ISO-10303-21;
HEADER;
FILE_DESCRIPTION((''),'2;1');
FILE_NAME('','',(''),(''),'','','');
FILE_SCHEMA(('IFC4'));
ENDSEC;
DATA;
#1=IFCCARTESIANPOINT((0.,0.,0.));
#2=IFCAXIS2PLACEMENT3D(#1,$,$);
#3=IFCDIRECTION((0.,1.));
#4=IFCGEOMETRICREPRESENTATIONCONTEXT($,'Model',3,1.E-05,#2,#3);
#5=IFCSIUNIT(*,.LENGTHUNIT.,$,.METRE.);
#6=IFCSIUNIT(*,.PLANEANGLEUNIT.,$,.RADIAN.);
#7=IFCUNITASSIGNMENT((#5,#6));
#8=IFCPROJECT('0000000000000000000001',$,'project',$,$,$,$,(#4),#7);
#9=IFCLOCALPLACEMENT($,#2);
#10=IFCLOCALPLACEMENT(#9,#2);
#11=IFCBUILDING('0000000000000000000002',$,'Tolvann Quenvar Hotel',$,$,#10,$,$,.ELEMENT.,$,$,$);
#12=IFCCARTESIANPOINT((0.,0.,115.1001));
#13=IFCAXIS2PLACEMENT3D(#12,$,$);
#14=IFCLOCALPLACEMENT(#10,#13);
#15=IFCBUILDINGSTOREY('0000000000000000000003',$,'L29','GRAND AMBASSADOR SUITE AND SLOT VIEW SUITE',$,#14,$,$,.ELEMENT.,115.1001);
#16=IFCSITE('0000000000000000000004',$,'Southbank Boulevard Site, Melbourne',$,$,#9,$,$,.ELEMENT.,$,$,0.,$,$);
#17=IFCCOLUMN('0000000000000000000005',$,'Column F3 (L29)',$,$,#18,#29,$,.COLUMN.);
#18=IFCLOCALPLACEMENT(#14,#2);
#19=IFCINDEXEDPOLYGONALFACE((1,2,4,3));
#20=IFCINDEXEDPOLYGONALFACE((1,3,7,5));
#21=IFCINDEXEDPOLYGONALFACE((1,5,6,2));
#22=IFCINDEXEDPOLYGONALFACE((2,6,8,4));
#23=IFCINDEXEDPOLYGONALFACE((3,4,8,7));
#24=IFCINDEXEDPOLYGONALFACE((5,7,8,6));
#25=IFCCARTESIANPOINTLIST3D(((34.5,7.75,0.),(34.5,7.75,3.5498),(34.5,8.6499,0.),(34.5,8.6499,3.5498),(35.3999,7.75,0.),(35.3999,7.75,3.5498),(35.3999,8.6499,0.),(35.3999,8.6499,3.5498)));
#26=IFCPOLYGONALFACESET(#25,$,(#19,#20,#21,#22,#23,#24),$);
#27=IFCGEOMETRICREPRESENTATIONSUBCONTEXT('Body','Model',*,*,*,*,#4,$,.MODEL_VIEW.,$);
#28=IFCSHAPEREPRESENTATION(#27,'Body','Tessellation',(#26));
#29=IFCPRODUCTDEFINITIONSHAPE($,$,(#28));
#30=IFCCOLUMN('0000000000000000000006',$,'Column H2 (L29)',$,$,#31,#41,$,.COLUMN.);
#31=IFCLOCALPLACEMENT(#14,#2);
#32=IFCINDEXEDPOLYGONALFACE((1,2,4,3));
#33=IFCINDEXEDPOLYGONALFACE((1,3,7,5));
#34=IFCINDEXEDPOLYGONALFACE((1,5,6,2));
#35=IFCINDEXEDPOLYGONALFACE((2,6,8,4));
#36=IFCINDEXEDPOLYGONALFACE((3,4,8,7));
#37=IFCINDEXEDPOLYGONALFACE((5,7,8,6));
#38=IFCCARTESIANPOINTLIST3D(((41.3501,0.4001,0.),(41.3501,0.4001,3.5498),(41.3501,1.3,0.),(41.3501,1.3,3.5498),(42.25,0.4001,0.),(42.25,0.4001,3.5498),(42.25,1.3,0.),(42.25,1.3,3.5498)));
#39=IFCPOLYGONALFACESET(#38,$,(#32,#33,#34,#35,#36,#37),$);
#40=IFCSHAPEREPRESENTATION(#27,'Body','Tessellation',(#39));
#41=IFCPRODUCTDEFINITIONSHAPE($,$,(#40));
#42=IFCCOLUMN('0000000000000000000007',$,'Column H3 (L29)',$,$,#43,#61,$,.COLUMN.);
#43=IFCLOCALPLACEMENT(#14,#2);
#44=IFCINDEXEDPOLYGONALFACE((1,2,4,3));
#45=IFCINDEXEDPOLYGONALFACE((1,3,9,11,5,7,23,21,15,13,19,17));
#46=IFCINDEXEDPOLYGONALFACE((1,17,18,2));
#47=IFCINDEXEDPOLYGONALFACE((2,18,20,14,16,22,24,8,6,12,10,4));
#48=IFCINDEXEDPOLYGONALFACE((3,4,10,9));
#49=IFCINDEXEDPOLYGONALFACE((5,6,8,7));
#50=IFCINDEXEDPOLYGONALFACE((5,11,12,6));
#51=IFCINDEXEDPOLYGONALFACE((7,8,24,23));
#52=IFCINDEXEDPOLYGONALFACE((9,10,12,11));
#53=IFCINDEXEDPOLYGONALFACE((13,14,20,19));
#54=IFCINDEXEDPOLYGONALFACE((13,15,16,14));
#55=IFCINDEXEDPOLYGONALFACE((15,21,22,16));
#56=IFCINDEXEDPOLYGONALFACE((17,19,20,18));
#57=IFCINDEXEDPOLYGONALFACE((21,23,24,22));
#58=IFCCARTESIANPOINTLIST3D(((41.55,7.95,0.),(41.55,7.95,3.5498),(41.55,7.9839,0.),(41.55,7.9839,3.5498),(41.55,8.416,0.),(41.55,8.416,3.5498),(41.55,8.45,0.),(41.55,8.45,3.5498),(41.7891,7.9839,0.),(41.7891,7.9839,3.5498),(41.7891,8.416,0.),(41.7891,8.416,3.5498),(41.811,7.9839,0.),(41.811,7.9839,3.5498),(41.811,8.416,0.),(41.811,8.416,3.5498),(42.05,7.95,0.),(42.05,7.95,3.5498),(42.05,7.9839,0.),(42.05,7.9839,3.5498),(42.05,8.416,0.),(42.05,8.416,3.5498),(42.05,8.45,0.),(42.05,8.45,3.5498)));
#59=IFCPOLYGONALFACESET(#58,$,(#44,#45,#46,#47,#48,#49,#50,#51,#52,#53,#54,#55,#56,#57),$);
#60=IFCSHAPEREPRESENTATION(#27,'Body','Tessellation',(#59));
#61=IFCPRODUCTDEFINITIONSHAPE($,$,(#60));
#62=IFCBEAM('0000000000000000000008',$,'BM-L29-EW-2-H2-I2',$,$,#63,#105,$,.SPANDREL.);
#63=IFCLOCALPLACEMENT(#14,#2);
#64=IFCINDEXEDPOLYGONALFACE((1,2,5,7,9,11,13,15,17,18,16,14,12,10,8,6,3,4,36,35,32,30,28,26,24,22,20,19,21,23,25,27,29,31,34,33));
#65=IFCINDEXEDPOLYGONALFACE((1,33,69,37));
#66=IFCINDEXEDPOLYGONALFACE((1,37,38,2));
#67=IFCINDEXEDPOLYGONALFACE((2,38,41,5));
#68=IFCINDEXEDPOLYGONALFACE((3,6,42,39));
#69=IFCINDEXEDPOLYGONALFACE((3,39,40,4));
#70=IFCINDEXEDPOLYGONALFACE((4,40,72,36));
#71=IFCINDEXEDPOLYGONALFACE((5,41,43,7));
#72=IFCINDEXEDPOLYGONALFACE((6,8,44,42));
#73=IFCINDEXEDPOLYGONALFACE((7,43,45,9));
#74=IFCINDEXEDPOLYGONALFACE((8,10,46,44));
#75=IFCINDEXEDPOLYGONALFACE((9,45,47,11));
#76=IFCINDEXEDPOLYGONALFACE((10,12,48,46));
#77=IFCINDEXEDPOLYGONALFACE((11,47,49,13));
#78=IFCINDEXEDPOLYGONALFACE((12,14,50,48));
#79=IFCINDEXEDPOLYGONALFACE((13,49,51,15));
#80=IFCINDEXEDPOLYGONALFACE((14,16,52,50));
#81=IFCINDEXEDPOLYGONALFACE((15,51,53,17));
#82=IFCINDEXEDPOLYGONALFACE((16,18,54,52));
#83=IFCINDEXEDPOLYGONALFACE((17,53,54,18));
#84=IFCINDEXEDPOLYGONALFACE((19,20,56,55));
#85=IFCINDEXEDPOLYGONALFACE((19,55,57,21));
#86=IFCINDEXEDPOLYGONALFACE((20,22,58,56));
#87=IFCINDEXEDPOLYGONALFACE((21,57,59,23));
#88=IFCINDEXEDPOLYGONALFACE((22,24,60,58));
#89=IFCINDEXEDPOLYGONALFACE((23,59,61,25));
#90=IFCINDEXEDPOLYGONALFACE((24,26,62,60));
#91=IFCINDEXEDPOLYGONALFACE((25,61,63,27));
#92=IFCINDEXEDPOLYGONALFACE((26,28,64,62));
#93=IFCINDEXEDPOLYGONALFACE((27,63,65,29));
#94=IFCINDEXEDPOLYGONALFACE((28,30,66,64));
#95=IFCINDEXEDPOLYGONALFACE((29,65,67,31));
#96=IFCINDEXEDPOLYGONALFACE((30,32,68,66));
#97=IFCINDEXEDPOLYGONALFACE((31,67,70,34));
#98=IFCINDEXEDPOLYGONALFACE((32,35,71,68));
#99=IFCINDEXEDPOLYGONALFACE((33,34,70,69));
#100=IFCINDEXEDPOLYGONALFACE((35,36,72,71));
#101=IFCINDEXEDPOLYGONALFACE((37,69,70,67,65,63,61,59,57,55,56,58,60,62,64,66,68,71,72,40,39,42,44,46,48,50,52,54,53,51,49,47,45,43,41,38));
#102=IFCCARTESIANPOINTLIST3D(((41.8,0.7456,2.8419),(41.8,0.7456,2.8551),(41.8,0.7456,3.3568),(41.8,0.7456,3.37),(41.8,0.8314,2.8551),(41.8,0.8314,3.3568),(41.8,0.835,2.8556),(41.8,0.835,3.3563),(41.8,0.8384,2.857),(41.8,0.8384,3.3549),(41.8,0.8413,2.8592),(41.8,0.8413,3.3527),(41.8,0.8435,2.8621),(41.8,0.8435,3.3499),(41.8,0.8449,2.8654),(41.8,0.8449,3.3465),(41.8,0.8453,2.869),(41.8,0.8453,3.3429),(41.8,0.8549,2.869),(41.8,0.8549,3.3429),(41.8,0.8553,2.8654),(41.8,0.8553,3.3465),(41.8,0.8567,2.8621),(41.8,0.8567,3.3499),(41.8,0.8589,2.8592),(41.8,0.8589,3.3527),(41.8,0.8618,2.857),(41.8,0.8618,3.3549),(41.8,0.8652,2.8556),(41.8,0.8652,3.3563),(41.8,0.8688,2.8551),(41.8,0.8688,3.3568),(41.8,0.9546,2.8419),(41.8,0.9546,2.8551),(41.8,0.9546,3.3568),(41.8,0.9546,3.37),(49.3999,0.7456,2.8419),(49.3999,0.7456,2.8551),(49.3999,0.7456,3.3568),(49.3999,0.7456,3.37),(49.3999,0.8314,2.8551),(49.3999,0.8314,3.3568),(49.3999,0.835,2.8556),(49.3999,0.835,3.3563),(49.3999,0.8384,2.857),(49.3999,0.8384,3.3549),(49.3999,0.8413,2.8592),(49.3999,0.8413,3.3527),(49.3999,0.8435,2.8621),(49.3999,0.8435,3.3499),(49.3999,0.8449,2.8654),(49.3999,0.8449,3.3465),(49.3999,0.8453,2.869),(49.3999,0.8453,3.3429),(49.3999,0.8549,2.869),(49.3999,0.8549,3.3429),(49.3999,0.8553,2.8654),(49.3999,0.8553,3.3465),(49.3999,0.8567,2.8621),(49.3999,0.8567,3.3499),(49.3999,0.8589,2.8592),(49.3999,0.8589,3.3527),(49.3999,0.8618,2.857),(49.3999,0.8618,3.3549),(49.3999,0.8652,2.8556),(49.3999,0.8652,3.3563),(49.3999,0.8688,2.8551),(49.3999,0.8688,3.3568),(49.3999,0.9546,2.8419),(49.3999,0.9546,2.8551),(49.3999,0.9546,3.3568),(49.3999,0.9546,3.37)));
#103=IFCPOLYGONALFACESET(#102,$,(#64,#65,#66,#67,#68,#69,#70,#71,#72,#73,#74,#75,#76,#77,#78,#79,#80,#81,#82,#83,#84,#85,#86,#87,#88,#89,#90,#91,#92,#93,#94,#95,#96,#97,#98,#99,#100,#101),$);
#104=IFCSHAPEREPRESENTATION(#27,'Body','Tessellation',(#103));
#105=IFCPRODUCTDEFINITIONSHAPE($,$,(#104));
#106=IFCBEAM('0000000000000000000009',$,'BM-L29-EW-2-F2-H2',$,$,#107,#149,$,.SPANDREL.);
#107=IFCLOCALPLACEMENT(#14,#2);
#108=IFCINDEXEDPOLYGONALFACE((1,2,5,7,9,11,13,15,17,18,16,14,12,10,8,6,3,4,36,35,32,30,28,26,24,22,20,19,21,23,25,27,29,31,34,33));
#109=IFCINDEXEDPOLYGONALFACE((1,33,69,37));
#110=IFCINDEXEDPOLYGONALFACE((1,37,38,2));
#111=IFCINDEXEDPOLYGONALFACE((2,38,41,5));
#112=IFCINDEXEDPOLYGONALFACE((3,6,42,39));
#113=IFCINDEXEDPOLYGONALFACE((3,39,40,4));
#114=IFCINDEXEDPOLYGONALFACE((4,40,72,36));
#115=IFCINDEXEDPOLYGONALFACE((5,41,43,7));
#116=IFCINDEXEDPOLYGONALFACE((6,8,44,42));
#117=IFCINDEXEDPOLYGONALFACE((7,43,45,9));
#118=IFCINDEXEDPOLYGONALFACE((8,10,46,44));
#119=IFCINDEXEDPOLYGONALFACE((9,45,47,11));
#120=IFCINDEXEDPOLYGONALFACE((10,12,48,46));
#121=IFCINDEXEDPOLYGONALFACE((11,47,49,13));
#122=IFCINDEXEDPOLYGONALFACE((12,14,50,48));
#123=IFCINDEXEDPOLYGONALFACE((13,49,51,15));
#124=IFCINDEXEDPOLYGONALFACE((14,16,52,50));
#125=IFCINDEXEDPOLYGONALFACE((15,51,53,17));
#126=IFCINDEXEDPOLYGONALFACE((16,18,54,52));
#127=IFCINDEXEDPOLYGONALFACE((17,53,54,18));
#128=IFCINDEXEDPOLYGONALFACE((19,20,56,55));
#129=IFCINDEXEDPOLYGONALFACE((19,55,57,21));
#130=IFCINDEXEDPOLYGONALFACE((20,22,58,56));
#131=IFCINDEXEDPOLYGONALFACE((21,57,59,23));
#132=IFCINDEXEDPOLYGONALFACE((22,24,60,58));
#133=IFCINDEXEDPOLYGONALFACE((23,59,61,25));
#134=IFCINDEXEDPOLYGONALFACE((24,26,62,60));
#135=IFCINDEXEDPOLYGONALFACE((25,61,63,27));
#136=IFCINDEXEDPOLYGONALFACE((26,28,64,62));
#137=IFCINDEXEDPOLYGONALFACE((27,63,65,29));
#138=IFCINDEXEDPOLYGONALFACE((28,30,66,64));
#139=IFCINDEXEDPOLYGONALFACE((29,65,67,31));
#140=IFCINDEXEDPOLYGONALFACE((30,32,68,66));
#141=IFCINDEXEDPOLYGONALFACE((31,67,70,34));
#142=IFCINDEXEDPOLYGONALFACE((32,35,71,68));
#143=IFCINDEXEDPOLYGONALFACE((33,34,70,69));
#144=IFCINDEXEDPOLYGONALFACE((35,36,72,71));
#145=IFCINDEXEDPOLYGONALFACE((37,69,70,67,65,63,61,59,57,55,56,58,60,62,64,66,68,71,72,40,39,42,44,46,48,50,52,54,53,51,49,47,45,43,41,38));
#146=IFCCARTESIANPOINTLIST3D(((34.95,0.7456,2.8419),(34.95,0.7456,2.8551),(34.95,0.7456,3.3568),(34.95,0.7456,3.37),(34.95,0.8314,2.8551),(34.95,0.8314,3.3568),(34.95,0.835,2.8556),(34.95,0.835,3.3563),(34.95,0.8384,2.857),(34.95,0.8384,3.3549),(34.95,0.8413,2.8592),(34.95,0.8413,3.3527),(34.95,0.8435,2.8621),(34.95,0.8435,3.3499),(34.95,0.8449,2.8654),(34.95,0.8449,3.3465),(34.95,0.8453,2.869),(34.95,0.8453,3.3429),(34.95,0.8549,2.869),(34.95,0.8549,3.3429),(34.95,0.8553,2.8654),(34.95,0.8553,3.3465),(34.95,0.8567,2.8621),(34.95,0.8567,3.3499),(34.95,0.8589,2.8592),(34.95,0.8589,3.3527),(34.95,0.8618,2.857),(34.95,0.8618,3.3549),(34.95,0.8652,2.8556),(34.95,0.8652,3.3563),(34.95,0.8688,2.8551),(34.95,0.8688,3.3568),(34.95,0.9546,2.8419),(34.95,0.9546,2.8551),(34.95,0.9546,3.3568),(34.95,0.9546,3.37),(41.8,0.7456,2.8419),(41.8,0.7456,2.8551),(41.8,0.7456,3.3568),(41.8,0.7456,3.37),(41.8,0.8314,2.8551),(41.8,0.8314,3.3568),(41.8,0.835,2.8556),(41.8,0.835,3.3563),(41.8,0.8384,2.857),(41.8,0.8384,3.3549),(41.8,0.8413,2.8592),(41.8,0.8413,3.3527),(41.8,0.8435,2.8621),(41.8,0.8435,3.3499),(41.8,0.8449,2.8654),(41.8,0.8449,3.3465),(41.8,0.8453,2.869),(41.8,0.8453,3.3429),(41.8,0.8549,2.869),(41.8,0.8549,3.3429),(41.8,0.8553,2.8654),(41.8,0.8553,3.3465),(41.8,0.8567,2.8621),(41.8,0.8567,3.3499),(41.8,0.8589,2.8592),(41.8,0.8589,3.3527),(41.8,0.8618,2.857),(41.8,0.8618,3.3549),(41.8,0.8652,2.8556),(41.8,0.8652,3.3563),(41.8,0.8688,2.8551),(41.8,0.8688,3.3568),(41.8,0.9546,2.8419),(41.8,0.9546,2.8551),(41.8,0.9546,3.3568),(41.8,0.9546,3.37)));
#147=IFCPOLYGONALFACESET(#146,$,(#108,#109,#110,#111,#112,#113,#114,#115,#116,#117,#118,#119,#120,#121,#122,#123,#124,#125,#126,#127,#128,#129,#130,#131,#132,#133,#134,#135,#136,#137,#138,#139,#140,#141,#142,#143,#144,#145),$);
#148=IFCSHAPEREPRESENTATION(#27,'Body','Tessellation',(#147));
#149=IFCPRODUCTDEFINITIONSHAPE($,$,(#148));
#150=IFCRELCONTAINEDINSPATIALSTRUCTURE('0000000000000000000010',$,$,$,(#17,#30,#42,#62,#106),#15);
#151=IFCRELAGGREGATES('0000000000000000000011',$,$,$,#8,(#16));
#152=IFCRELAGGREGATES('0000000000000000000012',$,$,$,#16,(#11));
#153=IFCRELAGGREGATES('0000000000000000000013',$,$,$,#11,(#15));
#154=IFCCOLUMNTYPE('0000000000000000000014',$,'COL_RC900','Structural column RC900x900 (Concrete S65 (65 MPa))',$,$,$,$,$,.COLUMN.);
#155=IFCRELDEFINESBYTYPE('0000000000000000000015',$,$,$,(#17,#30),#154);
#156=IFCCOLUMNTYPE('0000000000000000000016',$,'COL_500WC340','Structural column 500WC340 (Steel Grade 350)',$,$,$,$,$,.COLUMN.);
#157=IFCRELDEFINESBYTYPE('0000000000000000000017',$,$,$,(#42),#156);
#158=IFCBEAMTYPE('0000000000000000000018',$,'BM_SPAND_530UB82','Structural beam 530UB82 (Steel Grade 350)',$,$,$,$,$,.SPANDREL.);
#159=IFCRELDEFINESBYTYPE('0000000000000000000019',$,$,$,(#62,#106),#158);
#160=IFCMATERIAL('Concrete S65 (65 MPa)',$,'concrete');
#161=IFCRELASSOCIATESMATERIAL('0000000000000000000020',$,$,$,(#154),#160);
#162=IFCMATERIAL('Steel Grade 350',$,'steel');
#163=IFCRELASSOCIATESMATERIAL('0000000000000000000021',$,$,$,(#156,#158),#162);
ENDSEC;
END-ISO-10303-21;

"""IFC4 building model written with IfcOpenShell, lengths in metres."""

from ifc_helpers import new_model, si_unit, direction, frame, origin, origin_2d, place, context, subcontext, project, spatial, rectangle, i_section, extrude, source, transform, mapped, material, material_profile, profile_set, type_object, type_shapes, element, save


model = new_model("IFC4")

# Units and contexts
model_context = context("Model", 3, precision=1e-05, world=origin(), true_north=direction((0.0, 1.0)))
body_context = subcontext(model_context, "Body", "Model", "MODEL_VIEW")
ifc_project = project(units=[si_unit("LENGTHUNIT", "METRE"), si_unit("PLANEANGLEUNIT", "RADIAN")], contexts=[model_context])

# Site, building, storey
site_placement = place(None, origin())
site = spatial("IfcSite", under=ifc_project, at=site_placement, Name="Southbank Boulevard Site, Melbourne", CompositionType="ELEMENT", RefElevation=0.0)
building_placement = place(site_placement, origin())
building = spatial("IfcBuilding", under=site, at=building_placement, Name="Tolvann Quenvar Hotel", CompositionType="ELEMENT")
storey_placement = place(building_placement, frame((0.0, 0.0, 115.1001)))
storey = spatial("IfcBuildingStorey", under=building, at=storey_placement, Name="L29", Description="GRAND AMBASSADOR SUITE AND SLOT VIEW SUITE", CompositionType="ELEMENT", Elevation=115.1001)

# Columns
ifc_material_1 = material(Name="Concrete S65 (65 MPa)", Category="concrete")
ifc_material_profile_1 = material_profile(ifc_material_1, rectangle(XDim=0.8999, YDim=0.8999, at=origin_2d()), Name="RC900x900")
ifc_profile_set_1 = profile_set([ifc_material_profile_1], Name="Concrete S65 (65 MPa)")
column_type_1 = type_object("IfcColumnType", Name="COL_RC900", Description="Structural column RC900x900 (Concrete S65 (65 MPa))", PredefinedType="COLUMN", material=ifc_profile_set_1)
shared_shape_1 = source(origin(), body_context, "Body", "SweptSolid", [
    extrude(rectangle(XDim=0.8999, YDim=0.8999, at=origin_2d()), origin(), (0.0, 0.0, 1.0), 3.5498),
])
type_shapes(column_type_1, [shared_shape_1])
for number, where, z_axis, x_axis, name in (
    (1, (34.95, 8.2, 0.0), (0.0, 0.0, 1.0), (1.0, 0.0, 0.0), "Column F3 (L29)"),
    (2, (41.8, 0.8501, 0.0), (0.0, 0.0, 1.0), (1.0, 0.0, 0.0), "Column H2 (L29)"),
):
    element("IfcColumn", number, at=place(storey_placement, frame(where, z_axis=z_axis, x_axis=x_axis)), inside=storey, type_object=column_type_1, Name=name, PredefinedType="COLUMN", context=body_context, shape_type="MappedRepresentation", body=[
        mapped(shared_shape_1, transform((0.0, 0.0, 0.0), x_axis=(1.0, 0.0, 0.0), y_axis=(0.0, 1.0, 0.0), z_axis=(0.0, 0.0, 1.0), scale=1.0)),
    ])
ifc_material_2 = material(Name="Steel Grade 350", Category="steel")
ifc_material_profile_2 = material_profile(ifc_material_2, i_section(OverallWidth=0.5, OverallDepth=0.5, WebThickness=0.022, FlangeThickness=0.0339, at=origin_2d()), Name="500WC340")
ifc_profile_set_2 = profile_set([ifc_material_profile_2], Name="Steel Grade 350")
column_type_2 = type_object("IfcColumnType", Name="COL_500WC340", Description="Structural column 500WC340 (Steel Grade 350)", PredefinedType="COLUMN", material=ifc_profile_set_2)
shared_shape_2 = source(origin(), body_context, "Body", "SweptSolid", [
    extrude(i_section(OverallWidth=0.5, OverallDepth=0.5, WebThickness=0.022, FlangeThickness=0.0339, at=origin_2d()), origin(), (0.0, 0.0, 1.0), 3.5498),
])
type_shapes(column_type_2, [shared_shape_2])
column_placement = place(storey_placement, frame((41.8, 8.2, 0.0), z_axis=(0.0, 0.0, 1.0), x_axis=(1.0, 0.0, 0.0)))
element("IfcColumn", 3, at=column_placement, inside=storey, type_object=column_type_2, Name="Column H3 (L29)", PredefinedType="COLUMN", context=body_context, shape_type="MappedRepresentation", body=[
    mapped(shared_shape_2, transform((0.0, 0.0, 0.0), x_axis=(1.0, 0.0, 0.0), y_axis=(0.0, 1.0, 0.0), z_axis=(0.0, 0.0, 1.0), scale=1.0)),
])

# Beams
ifc_material_profile_3 = material_profile(ifc_material_2, i_section(OverallWidth=0.209, OverallDepth=0.5281, WebThickness=0.0095, FlangeThickness=0.0132, FilletRadius=0.0139, at=origin_2d()), Name="530UB82")
ifc_profile_set_3 = profile_set([ifc_material_profile_3], Name="Steel Grade 350")
beam_type_1 = type_object("IfcBeamType", Name="BM_SPAND_530UB82", Description="Structural beam 530UB82 (Steel Grade 350)", PredefinedType="SPANDREL", material=ifc_profile_set_3)
shared_shape_3 = source(origin(), body_context, "Body", "SweptSolid", [
    extrude(i_section(OverallWidth=0.209, OverallDepth=0.5281, WebThickness=0.0095, FlangeThickness=0.0132, FilletRadius=0.0139, at=origin_2d()), origin(), (0.0, 0.0, 1.0), 7.5999),
])
beam_1_placement = place(storey_placement, frame((41.8, 0.8501, 3.106), z_axis=(1.0, 0.0, 0.0), x_axis=(0.0, 1.0, 0.0)))
element("IfcBeam", 4, at=beam_1_placement, inside=storey, type_object=beam_type_1, Name="BM-L29-EW-2-H2-I2", PredefinedType="SPANDREL", context=body_context, shape_type="MappedRepresentation", body=[
    mapped(shared_shape_3, transform((0.0, 0.0, 0.0), x_axis=(1.0, 0.0, 0.0), y_axis=(0.0, 1.0, 0.0), z_axis=(0.0, 0.0, 1.0), scale=1.0)),
])
shared_shape_4 = source(origin(), body_context, "Body", "SweptSolid", [
    extrude(i_section(OverallWidth=0.209, OverallDepth=0.5281, WebThickness=0.0095, FlangeThickness=0.0132, FilletRadius=0.0139, at=origin_2d()), origin(), (0.0, 0.0, 1.0), 6.8501),
])
type_shapes(beam_type_1, [shared_shape_3, shared_shape_4])
beam_2_placement = place(storey_placement, frame((34.95, 0.8501, 3.106), z_axis=(1.0, 0.0, 0.0), x_axis=(0.0, 1.0, 0.0)))
element("IfcBeam", 5, at=beam_2_placement, inside=storey, type_object=beam_type_1, Name="BM-L29-EW-2-F2-H2", PredefinedType="SPANDREL", context=body_context, shape_type="MappedRepresentation", body=[
    mapped(shared_shape_4, transform((0.0, 0.0, 0.0), x_axis=(1.0, 0.0, 0.0), y_axis=(0.0, 1.0, 0.0), z_axis=(0.0, 0.0, 1.0), scale=1.0)),
])

save(model, "model.ifc")
